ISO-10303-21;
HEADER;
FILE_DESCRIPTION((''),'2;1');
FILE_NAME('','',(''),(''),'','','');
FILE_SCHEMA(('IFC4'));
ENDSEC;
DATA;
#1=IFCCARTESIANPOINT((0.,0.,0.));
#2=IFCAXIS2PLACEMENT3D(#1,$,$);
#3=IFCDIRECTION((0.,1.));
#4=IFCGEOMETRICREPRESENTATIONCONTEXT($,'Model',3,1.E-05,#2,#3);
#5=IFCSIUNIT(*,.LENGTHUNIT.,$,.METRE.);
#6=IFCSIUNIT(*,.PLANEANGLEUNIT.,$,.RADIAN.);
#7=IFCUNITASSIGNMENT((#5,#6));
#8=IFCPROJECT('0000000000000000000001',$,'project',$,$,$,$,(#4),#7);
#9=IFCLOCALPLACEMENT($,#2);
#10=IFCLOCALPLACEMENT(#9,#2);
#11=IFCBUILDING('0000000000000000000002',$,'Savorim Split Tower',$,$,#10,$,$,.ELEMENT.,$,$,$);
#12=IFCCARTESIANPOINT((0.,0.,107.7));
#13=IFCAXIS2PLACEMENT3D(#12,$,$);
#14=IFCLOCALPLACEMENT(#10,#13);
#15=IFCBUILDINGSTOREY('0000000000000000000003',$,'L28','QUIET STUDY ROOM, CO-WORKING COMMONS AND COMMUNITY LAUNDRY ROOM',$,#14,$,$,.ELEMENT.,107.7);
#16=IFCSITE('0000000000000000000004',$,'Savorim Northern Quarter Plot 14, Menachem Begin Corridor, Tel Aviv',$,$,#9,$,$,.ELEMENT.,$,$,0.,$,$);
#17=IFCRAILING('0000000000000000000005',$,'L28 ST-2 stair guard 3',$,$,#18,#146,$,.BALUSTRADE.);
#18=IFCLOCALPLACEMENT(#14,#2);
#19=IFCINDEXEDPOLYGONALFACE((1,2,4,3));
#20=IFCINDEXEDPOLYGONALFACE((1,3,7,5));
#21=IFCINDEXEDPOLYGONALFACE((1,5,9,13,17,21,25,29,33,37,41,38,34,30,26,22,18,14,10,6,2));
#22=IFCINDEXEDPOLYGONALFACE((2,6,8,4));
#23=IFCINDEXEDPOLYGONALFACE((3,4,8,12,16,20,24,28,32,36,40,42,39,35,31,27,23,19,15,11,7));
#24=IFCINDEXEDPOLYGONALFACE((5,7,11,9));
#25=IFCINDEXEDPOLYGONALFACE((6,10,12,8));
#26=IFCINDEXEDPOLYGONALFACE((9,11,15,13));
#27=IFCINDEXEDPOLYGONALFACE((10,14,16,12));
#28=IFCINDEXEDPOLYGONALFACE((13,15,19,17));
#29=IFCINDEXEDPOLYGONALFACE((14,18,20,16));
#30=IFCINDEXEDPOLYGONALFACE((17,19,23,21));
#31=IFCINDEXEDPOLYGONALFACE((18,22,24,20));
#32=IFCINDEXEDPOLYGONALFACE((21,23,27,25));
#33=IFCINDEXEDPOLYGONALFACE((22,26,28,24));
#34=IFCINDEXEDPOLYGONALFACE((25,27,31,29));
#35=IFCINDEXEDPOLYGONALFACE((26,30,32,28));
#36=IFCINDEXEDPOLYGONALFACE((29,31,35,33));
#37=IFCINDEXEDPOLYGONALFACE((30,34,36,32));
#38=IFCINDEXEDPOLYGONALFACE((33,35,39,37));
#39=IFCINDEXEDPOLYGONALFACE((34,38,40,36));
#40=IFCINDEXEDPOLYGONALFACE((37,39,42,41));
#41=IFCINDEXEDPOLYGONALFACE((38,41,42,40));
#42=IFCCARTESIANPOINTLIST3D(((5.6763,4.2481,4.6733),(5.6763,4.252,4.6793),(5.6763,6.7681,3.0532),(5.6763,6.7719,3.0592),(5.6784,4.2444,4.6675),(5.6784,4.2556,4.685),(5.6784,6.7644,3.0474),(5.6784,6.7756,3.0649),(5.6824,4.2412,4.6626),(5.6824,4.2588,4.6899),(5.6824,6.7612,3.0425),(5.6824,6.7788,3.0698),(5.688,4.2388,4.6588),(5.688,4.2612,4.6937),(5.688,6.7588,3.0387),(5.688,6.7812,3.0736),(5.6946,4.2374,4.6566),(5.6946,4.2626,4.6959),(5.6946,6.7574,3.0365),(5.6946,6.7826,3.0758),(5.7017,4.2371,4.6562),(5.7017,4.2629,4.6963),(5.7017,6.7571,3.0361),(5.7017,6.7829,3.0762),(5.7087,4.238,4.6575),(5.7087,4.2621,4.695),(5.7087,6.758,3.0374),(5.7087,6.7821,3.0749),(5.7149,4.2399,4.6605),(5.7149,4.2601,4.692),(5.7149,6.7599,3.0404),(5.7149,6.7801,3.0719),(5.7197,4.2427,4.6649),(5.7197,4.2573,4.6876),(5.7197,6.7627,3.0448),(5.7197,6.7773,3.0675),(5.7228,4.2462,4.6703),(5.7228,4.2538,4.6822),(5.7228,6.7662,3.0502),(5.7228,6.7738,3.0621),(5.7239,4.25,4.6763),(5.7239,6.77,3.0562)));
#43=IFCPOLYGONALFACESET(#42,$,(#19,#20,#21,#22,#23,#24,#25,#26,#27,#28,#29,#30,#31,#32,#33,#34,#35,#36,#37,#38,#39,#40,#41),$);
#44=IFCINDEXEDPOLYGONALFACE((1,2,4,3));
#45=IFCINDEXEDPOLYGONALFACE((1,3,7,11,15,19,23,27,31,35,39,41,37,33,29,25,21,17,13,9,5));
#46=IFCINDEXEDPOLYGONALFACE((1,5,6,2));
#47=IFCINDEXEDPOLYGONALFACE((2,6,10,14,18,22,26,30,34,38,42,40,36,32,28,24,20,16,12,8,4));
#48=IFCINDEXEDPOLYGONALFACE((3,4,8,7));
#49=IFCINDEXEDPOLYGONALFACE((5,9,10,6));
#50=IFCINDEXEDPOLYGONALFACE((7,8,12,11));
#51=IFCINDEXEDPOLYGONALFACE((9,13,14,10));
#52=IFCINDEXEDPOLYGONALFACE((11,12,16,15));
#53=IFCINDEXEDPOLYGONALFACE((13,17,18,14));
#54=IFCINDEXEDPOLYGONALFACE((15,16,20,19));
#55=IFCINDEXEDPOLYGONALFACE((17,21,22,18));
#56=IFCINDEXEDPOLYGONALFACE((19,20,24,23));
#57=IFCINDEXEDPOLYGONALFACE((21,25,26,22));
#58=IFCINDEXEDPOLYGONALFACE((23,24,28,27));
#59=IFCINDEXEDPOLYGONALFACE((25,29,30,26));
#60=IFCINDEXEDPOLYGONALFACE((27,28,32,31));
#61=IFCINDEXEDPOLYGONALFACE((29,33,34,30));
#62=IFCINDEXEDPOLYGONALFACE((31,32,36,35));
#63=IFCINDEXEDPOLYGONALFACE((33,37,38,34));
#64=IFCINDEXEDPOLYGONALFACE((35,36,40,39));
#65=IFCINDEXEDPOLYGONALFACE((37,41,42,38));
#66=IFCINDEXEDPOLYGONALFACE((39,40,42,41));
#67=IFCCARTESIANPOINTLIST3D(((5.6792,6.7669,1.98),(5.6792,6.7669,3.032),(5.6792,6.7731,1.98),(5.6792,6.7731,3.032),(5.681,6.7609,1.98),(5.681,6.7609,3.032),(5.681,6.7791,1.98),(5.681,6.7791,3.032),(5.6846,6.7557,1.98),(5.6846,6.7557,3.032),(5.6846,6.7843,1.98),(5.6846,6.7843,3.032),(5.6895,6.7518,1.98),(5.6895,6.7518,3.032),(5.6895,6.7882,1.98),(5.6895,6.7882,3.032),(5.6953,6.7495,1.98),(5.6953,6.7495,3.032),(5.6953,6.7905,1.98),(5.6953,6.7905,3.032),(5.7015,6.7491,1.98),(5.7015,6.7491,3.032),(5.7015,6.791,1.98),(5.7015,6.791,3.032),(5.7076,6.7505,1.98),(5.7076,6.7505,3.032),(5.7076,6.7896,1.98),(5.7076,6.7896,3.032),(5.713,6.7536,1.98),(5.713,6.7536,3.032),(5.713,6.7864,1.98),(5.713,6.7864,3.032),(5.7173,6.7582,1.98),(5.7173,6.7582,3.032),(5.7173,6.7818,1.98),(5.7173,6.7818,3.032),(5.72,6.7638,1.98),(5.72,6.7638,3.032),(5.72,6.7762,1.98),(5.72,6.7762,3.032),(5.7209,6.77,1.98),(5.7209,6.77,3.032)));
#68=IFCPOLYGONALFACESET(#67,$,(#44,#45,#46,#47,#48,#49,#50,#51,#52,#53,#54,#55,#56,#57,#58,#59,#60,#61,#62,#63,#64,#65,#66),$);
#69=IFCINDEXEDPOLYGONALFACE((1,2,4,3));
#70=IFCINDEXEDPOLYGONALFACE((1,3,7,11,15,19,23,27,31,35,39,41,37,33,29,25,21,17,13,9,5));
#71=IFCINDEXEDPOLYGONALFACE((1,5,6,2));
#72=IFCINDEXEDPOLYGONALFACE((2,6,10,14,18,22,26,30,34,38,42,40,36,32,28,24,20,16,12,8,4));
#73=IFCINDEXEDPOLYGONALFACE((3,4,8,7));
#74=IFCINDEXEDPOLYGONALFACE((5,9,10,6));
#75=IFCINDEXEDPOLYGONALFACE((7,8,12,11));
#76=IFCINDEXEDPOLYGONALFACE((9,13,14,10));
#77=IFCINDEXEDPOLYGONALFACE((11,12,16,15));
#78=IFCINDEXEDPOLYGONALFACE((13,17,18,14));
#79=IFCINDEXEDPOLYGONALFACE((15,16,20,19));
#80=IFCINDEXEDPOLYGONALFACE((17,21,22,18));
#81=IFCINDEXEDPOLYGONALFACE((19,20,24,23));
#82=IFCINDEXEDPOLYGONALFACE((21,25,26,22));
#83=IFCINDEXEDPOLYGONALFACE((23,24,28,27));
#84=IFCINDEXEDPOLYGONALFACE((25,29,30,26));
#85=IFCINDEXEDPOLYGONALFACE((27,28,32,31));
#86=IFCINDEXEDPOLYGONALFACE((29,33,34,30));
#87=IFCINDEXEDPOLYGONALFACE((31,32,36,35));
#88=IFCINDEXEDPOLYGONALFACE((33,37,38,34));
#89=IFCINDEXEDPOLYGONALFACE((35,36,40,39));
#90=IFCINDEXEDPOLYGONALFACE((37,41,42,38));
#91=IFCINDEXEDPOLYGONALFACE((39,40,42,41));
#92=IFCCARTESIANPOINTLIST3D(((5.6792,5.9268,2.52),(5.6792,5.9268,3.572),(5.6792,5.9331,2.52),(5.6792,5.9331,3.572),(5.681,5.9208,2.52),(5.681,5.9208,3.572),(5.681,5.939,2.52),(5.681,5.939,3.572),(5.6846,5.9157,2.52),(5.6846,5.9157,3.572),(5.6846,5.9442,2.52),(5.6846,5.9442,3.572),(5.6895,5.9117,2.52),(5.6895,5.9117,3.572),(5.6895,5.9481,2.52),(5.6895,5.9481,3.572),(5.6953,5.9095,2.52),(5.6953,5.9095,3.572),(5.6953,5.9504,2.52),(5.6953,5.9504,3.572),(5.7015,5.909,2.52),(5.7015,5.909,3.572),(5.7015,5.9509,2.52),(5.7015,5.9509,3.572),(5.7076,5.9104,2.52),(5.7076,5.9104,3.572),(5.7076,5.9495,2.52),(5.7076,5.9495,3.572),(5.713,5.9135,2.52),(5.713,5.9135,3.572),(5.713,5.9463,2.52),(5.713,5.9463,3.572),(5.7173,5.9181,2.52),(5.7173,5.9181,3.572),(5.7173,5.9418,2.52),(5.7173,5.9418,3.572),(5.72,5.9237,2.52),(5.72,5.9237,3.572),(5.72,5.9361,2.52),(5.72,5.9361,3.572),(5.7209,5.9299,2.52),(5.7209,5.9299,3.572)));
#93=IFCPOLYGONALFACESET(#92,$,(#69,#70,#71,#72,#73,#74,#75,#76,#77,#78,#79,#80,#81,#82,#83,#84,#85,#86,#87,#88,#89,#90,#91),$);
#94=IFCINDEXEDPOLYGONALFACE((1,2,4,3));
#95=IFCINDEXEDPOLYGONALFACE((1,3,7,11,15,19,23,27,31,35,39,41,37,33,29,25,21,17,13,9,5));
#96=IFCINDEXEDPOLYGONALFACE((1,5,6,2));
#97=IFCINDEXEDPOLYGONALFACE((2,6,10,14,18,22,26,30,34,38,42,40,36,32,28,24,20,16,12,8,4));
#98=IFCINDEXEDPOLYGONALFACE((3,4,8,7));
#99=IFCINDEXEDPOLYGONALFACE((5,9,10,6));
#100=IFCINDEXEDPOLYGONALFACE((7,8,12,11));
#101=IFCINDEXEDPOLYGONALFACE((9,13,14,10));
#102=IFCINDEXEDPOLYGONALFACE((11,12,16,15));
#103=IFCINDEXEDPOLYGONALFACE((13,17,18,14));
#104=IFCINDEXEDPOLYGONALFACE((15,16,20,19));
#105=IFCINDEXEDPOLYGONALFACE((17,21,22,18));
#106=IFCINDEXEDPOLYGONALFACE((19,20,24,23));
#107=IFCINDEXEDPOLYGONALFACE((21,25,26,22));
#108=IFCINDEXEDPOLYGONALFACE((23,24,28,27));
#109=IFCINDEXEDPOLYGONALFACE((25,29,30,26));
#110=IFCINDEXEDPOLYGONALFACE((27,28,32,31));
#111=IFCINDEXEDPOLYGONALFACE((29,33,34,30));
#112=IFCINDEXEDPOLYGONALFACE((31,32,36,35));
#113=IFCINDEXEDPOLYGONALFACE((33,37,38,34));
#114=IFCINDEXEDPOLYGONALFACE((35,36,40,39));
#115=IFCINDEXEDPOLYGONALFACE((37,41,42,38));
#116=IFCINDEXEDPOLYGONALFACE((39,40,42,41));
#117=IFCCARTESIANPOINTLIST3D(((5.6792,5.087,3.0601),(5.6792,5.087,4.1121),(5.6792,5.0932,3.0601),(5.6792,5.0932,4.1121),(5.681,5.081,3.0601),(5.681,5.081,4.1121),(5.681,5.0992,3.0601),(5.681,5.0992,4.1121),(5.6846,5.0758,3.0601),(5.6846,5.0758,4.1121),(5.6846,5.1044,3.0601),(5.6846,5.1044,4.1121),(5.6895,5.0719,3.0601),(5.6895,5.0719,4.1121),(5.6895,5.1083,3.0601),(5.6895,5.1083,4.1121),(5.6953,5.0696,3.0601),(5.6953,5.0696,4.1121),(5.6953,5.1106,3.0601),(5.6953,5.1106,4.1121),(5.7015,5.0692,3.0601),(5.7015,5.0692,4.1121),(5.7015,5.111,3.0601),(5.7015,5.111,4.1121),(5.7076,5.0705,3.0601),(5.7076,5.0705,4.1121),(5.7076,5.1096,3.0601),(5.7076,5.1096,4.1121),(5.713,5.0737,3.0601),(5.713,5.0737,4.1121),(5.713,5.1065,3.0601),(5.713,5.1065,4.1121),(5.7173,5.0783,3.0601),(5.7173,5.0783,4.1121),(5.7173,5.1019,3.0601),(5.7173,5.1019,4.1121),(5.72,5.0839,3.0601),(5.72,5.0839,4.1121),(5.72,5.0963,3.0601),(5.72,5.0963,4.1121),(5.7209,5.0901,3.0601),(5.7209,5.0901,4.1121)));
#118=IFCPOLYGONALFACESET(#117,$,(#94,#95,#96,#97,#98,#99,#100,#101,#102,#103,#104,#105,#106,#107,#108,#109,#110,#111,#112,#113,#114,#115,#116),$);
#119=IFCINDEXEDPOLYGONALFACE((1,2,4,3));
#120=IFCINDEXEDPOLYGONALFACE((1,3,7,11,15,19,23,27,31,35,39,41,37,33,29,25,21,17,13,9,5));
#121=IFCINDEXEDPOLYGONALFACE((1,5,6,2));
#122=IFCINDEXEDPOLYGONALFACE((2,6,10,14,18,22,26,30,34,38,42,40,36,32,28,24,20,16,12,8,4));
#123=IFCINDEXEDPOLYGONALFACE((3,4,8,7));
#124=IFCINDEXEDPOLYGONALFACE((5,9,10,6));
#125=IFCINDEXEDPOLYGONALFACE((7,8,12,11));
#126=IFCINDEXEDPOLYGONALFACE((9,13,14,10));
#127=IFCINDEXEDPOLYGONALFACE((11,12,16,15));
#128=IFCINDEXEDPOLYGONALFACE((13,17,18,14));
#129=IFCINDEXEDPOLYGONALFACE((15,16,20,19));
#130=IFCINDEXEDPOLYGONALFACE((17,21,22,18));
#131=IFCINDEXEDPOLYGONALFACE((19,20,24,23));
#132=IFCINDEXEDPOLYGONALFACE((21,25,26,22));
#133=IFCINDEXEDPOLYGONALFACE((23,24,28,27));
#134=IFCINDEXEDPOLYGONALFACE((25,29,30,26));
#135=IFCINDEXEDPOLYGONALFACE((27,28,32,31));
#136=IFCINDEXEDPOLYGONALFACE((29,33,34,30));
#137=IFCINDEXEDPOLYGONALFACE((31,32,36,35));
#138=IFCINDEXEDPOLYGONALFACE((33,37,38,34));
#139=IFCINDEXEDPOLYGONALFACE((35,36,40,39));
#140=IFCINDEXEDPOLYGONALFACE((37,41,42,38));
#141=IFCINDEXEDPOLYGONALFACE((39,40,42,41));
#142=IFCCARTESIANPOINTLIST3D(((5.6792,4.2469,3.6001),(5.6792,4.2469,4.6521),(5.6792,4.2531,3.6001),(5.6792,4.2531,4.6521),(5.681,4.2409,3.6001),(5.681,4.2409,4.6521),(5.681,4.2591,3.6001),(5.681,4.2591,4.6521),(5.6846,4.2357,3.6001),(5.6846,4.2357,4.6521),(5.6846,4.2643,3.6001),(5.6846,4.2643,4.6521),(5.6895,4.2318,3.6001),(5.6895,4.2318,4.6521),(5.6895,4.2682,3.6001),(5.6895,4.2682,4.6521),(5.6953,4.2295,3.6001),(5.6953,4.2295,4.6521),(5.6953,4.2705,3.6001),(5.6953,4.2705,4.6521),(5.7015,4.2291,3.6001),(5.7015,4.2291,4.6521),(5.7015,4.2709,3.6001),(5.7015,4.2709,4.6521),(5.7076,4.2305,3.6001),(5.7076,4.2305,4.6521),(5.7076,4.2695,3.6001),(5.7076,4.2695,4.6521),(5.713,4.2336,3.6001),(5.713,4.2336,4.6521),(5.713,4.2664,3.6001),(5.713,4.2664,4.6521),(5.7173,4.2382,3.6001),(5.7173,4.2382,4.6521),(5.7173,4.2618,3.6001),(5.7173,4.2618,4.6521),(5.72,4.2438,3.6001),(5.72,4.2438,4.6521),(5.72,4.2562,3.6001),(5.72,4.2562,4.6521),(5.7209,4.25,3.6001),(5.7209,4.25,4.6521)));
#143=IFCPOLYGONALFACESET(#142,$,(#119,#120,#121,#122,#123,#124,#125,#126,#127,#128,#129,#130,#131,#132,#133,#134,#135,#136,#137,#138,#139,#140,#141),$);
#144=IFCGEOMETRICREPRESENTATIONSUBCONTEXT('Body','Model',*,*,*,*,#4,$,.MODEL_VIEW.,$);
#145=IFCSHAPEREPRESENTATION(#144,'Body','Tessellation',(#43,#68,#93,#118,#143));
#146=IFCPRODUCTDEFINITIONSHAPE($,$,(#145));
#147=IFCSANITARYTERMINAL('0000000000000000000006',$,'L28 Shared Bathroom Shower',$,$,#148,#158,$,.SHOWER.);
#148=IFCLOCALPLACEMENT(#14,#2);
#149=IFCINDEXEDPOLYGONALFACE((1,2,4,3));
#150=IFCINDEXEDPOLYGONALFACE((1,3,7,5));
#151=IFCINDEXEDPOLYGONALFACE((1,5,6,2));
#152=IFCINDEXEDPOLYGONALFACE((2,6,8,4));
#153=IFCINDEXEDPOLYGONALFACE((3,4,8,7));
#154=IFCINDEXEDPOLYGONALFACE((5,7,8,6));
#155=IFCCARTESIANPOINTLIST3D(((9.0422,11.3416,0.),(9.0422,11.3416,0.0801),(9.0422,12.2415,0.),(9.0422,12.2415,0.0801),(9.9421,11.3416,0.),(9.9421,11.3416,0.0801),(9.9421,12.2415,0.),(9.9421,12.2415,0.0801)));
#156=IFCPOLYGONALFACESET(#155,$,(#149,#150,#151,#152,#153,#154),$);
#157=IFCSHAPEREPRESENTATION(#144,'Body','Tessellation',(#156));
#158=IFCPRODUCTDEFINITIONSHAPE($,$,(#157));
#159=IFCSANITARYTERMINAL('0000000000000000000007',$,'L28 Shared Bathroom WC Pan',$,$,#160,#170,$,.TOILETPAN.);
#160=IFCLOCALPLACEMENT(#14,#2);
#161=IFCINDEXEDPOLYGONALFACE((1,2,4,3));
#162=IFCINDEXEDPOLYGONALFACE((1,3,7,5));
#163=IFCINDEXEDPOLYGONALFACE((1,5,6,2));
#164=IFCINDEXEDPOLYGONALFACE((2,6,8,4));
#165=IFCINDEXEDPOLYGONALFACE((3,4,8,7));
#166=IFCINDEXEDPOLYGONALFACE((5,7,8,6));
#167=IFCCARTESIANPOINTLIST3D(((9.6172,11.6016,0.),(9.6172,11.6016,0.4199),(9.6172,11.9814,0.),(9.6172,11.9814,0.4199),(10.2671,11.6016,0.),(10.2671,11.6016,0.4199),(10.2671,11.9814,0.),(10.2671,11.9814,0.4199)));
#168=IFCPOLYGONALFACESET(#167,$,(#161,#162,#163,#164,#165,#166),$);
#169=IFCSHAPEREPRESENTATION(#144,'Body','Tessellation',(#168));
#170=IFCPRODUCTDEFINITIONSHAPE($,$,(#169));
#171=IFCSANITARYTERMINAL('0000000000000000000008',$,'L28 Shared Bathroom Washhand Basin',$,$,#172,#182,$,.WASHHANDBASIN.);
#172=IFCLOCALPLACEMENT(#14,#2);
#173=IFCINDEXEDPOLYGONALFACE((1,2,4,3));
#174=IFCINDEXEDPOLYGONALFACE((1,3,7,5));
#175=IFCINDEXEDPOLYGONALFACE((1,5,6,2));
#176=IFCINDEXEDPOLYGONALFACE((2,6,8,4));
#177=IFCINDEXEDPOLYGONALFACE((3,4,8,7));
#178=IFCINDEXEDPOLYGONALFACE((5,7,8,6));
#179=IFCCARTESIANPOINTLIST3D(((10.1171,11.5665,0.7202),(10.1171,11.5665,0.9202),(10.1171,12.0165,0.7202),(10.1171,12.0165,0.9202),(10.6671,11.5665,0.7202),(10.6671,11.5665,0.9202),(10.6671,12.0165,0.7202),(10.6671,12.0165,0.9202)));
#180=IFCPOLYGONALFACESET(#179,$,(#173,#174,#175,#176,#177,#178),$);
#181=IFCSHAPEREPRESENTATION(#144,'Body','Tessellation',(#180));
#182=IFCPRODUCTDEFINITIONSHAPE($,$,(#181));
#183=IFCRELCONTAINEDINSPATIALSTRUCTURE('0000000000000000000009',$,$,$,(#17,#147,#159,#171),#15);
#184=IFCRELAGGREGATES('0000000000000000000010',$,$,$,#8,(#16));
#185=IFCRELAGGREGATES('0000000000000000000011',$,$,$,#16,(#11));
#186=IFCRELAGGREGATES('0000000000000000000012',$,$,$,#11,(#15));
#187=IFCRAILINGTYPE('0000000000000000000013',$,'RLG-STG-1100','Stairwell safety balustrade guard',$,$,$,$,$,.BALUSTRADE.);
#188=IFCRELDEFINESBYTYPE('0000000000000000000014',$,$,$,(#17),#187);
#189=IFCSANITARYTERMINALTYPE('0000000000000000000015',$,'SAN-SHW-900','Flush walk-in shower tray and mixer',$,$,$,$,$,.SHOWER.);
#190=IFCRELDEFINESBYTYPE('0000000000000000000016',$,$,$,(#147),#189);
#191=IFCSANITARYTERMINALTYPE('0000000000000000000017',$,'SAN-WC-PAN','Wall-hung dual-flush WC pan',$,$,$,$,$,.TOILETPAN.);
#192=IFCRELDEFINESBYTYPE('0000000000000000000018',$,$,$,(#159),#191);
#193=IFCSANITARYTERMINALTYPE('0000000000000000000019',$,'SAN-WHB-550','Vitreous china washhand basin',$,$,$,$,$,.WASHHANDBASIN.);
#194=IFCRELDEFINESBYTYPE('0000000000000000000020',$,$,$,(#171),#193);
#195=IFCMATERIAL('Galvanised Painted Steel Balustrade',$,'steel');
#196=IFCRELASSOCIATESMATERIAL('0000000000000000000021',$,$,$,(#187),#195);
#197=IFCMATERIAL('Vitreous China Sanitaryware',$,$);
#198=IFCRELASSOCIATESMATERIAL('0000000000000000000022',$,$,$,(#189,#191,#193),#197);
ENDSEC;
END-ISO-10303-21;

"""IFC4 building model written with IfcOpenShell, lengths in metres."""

from ifc_helpers import new_model, si_unit, direction, frame, origin, origin_2d, place, context, subcontext, project, spatial, rectangle, circle, extrude, material, type_object, element, save


model = new_model("IFC4")

# Units and contexts
model_context = context("Model", 3, precision=1e-05, world=origin(), true_north=direction((0.0, 1.0)))
body_context = subcontext(model_context, "Body", "Model", "MODEL_VIEW")
ifc_project = project(units=[si_unit("LENGTHUNIT", "METRE"), si_unit("PLANEANGLEUNIT", "RADIAN")], contexts=[model_context])

# Site, building, storey
site_placement = place(None, origin())
site = spatial("IfcSite", under=ifc_project, at=site_placement, Name="Savorim Northern Quarter Plot 14, Menachem Begin Corridor, Tel Aviv", CompositionType="ELEMENT", RefElevation=0.0)
building_placement = place(site_placement, origin())
building = spatial("IfcBuilding", under=site, at=building_placement, Name="Savorim Split Tower", CompositionType="ELEMENT")
storey_placement = place(building_placement, frame((0.0, 0.0, 107.7)))
storey = spatial("IfcBuildingStorey", under=building, at=storey_placement, Name="L28", Description="QUIET STUDY ROOM, CO-WORKING COMMONS AND COMMUNITY LAUNDRY ROOM", CompositionType="ELEMENT", Elevation=107.7)

# Railing
ifc_material_1 = material(Name="Galvanised Painted Steel Balustrade", Category="steel")
railing_type = type_object("IfcRailingType", Name="RLG-STG-1100", Description="Stairwell safety balustrade guard", PredefinedType="BALUSTRADE", material=ifc_material_1)
railing_1_placement = place(storey_placement, frame((5.7, 6.77, 1.98)))
element("IfcRailing", 1, at=railing_1_placement, inside=storey, type_object=railing_type, Name="L28 ST-2 stair guard 3", PredefinedType="BALUSTRADE", context=body_context, shape_type="SweptSolid", body=[
    extrude(circle(Radius=0.0239, at=origin_2d()), frame((0.0, 0.0, 1.0762), z_axis=(0.0, -0.841163, 0.540782), x_axis=(1.0, 0.0, 0.0)), (0.0, 0.0, 1.0), 2.9958),
    extrude(circle(Radius=0.021, at=origin_2d()), origin(), (0.0, 0.0, 1.0), 1.052),
    extrude(circle(Radius=0.021, at=origin_2d()), frame((0.0, -0.8401, 0.54)), (0.0, 0.0, 1.0), 1.052),
    extrude(circle(Radius=0.021, at=origin_2d()), frame((0.0, -1.6799, 1.0801)), (0.0, 0.0, 1.0), 1.052),
    extrude(circle(Radius=0.021, at=origin_2d()), frame((0.0, -2.52, 1.6201)), (0.0, 0.0, 1.0), 1.052),
])

# Sanitary terminals
ifc_material_2 = material(Name="Vitreous China Sanitaryware")
sanitary_terminal_type_1 = type_object("IfcSanitaryTerminalType", Name="SAN-SHW-900", Description="Flush walk-in shower tray and mixer", PredefinedType="SHOWER", material=ifc_material_2)
sanitary_terminal_1_placement = place(storey_placement, frame((9.4922, 11.7915, 0.0), z_axis=(0.0, 0.0, 1.0), x_axis=(1.0, 0.0, 0.0)))
element("IfcSanitaryTerminal", 2, at=sanitary_terminal_1_placement, inside=storey, type_object=sanitary_terminal_type_1, Name="L28 Shared Bathroom Shower", PredefinedType="SHOWER", context=body_context, shape_type="SweptSolid", body=[
    extrude(rectangle(XDim=0.8999, YDim=0.8999, at=origin_2d()), origin(), (0.0, 0.0, 1.0), 0.0801),
])
sanitary_terminal_type_2 = type_object("IfcSanitaryTerminalType", Name="SAN-WC-PAN", Description="Wall-hung dual-flush WC pan", PredefinedType="TOILETPAN", material=ifc_material_2)
sanitary_terminal_2_placement = place(storey_placement, frame((9.9421, 11.7915, 0.0), z_axis=(0.0, 0.0, 1.0), x_axis=(1.0, 0.0, 0.0)))
element("IfcSanitaryTerminal", 3, at=sanitary_terminal_2_placement, inside=storey, type_object=sanitary_terminal_type_2, Name="L28 Shared Bathroom WC Pan", PredefinedType="TOILETPAN", context=body_context, shape_type="SweptSolid", body=[
    extrude(rectangle(XDim=0.6499, YDim=0.3799, at=origin_2d()), origin(), (0.0, 0.0, 1.0), 0.4199),
])
sanitary_terminal_type_3 = type_object("IfcSanitaryTerminalType", Name="SAN-WHB-550", Description="Vitreous china washhand basin", PredefinedType="WASHHANDBASIN", material=ifc_material_2)
sanitary_terminal_3_placement = place(storey_placement, frame((10.3921, 11.7915, 0.7202), z_axis=(0.0, 0.0, 1.0), x_axis=(1.0, 0.0, 0.0)))
element("IfcSanitaryTerminal", 4, at=sanitary_terminal_3_placement, inside=storey, type_object=sanitary_terminal_type_3, Name="L28 Shared Bathroom Washhand Basin", PredefinedType="WASHHANDBASIN", context=body_context, shape_type="SweptSolid", body=[
    extrude(rectangle(XDim=0.55, YDim=0.45, at=origin_2d()), origin(), (0.0, 0.0, 1.0), 0.2),
])

save(model, "model.ifc")
